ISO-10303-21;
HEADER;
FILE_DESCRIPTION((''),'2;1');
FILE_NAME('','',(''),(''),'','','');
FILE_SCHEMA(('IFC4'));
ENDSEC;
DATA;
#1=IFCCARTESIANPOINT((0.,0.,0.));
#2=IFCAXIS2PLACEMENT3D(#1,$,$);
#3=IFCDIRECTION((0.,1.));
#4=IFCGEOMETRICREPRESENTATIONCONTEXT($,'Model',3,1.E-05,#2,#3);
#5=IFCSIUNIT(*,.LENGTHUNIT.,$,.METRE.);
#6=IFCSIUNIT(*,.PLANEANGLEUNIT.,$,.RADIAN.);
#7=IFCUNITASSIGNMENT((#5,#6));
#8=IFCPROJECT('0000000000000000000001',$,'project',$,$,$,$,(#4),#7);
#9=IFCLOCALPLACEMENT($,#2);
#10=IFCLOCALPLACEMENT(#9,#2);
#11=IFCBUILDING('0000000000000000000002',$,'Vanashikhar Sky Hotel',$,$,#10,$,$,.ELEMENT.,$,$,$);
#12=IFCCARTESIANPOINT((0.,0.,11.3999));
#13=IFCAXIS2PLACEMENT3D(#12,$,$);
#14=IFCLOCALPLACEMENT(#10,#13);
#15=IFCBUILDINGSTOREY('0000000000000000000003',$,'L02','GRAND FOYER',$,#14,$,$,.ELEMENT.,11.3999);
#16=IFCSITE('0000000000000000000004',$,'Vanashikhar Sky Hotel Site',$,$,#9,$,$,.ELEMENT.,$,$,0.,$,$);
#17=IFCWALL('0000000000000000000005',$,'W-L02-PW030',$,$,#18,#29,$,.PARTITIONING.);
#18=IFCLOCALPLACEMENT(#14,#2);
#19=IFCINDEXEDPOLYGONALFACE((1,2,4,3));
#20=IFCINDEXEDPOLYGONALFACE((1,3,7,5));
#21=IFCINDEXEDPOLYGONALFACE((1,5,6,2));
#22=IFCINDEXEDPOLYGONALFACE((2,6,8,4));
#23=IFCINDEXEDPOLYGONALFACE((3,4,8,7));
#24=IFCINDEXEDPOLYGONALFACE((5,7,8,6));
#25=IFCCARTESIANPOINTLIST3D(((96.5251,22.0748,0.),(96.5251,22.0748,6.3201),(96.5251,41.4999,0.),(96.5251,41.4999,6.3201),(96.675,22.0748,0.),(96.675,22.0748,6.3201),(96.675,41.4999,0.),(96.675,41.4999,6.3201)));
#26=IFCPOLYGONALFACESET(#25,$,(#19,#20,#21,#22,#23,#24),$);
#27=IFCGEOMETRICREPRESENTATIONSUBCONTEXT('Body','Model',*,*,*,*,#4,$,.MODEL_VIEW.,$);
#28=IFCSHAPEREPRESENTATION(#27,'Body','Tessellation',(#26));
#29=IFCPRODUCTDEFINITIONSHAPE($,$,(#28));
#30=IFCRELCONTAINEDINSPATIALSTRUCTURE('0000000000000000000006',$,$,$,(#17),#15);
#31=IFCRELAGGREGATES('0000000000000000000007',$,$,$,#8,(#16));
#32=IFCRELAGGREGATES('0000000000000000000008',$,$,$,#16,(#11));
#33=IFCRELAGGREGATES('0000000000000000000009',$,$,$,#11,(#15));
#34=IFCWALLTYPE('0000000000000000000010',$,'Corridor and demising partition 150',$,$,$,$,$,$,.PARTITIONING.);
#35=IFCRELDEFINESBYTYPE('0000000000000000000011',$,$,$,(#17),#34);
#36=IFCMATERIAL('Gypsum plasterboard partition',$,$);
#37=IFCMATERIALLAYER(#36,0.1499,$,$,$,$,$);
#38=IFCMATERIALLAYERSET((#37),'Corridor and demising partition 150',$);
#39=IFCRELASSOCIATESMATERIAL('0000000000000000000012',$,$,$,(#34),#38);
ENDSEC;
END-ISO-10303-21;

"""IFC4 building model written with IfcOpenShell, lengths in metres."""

from ifc_helpers import new_model, si_unit, direction, frame, frame_2d, origin, place, context, subcontext, project, spatial, rectangle, extrude, source, transform, mapped, material, layer, layer_set, type_object, element, save


model = new_model("IFC4")

# Units and contexts
model_context = context("Model", 3, precision=1e-05, world=origin(), true_north=direction((0.0, 1.0)))
body_context = subcontext(model_context, "Body", "Model", "MODEL_VIEW")
ifc_project = project(units=[si_unit("LENGTHUNIT", "METRE"), si_unit("PLANEANGLEUNIT", "RADIAN")], contexts=[model_context])

# Site, building, storey
site_placement = place(None, origin())
site = spatial("IfcSite", under=ifc_project, at=site_placement, Name="Vanashikhar Sky Hotel Site", CompositionType="ELEMENT", RefElevation=0.0)
building_placement = place(site_placement, origin())
building = spatial("IfcBuilding", under=site, at=building_placement, Name="Vanashikhar Sky Hotel", CompositionType="ELEMENT")
storey_placement = place(building_placement, frame((0.0, 0.0, 11.3999)))
storey = spatial("IfcBuildingStorey", under=building, at=storey_placement, Name="L02", Description="GRAND FOYER", CompositionType="ELEMENT", Elevation=11.3999)

# Wall
ifc_material_1 = material(Name="Gypsum plasterboard partition")
ifc_layer_1 = layer(ifc_material_1, 0.1499)
ifc_layer_set_1 = layer_set([ifc_layer_1], Name="Corridor and demising partition 150")
wall_type_1 = type_object("IfcWallType", Name="Corridor and demising partition 150", PredefinedType="PARTITIONING", material=ifc_layer_set_1)
shared_shape_1 = source(origin(), body_context, "Body", "SweptSolid", [
    extrude(rectangle(XDim=19.425, YDim=0.1499, at=frame_2d((9.7124, 0.0))), origin(), (0.0, 0.0, 1.0), 6.3201),
])
wall_1_placement = place(storey_placement, frame((96.6001, 22.075, 0.0), z_axis=(0.0, 0.0, 1.0), x_axis=(0.0, 1.0, 0.0)))
element("IfcWall", 1, at=wall_1_placement, inside=storey, type_object=wall_type_1, Name="W-L02-PW030", PredefinedType="PARTITIONING", context=body_context, shape_type="MappedRepresentation", body=[
    mapped(shared_shape_1, transform((0.0, 0.0, 0.0), scale=1.0)),
])

save(model, "model.ifc")
